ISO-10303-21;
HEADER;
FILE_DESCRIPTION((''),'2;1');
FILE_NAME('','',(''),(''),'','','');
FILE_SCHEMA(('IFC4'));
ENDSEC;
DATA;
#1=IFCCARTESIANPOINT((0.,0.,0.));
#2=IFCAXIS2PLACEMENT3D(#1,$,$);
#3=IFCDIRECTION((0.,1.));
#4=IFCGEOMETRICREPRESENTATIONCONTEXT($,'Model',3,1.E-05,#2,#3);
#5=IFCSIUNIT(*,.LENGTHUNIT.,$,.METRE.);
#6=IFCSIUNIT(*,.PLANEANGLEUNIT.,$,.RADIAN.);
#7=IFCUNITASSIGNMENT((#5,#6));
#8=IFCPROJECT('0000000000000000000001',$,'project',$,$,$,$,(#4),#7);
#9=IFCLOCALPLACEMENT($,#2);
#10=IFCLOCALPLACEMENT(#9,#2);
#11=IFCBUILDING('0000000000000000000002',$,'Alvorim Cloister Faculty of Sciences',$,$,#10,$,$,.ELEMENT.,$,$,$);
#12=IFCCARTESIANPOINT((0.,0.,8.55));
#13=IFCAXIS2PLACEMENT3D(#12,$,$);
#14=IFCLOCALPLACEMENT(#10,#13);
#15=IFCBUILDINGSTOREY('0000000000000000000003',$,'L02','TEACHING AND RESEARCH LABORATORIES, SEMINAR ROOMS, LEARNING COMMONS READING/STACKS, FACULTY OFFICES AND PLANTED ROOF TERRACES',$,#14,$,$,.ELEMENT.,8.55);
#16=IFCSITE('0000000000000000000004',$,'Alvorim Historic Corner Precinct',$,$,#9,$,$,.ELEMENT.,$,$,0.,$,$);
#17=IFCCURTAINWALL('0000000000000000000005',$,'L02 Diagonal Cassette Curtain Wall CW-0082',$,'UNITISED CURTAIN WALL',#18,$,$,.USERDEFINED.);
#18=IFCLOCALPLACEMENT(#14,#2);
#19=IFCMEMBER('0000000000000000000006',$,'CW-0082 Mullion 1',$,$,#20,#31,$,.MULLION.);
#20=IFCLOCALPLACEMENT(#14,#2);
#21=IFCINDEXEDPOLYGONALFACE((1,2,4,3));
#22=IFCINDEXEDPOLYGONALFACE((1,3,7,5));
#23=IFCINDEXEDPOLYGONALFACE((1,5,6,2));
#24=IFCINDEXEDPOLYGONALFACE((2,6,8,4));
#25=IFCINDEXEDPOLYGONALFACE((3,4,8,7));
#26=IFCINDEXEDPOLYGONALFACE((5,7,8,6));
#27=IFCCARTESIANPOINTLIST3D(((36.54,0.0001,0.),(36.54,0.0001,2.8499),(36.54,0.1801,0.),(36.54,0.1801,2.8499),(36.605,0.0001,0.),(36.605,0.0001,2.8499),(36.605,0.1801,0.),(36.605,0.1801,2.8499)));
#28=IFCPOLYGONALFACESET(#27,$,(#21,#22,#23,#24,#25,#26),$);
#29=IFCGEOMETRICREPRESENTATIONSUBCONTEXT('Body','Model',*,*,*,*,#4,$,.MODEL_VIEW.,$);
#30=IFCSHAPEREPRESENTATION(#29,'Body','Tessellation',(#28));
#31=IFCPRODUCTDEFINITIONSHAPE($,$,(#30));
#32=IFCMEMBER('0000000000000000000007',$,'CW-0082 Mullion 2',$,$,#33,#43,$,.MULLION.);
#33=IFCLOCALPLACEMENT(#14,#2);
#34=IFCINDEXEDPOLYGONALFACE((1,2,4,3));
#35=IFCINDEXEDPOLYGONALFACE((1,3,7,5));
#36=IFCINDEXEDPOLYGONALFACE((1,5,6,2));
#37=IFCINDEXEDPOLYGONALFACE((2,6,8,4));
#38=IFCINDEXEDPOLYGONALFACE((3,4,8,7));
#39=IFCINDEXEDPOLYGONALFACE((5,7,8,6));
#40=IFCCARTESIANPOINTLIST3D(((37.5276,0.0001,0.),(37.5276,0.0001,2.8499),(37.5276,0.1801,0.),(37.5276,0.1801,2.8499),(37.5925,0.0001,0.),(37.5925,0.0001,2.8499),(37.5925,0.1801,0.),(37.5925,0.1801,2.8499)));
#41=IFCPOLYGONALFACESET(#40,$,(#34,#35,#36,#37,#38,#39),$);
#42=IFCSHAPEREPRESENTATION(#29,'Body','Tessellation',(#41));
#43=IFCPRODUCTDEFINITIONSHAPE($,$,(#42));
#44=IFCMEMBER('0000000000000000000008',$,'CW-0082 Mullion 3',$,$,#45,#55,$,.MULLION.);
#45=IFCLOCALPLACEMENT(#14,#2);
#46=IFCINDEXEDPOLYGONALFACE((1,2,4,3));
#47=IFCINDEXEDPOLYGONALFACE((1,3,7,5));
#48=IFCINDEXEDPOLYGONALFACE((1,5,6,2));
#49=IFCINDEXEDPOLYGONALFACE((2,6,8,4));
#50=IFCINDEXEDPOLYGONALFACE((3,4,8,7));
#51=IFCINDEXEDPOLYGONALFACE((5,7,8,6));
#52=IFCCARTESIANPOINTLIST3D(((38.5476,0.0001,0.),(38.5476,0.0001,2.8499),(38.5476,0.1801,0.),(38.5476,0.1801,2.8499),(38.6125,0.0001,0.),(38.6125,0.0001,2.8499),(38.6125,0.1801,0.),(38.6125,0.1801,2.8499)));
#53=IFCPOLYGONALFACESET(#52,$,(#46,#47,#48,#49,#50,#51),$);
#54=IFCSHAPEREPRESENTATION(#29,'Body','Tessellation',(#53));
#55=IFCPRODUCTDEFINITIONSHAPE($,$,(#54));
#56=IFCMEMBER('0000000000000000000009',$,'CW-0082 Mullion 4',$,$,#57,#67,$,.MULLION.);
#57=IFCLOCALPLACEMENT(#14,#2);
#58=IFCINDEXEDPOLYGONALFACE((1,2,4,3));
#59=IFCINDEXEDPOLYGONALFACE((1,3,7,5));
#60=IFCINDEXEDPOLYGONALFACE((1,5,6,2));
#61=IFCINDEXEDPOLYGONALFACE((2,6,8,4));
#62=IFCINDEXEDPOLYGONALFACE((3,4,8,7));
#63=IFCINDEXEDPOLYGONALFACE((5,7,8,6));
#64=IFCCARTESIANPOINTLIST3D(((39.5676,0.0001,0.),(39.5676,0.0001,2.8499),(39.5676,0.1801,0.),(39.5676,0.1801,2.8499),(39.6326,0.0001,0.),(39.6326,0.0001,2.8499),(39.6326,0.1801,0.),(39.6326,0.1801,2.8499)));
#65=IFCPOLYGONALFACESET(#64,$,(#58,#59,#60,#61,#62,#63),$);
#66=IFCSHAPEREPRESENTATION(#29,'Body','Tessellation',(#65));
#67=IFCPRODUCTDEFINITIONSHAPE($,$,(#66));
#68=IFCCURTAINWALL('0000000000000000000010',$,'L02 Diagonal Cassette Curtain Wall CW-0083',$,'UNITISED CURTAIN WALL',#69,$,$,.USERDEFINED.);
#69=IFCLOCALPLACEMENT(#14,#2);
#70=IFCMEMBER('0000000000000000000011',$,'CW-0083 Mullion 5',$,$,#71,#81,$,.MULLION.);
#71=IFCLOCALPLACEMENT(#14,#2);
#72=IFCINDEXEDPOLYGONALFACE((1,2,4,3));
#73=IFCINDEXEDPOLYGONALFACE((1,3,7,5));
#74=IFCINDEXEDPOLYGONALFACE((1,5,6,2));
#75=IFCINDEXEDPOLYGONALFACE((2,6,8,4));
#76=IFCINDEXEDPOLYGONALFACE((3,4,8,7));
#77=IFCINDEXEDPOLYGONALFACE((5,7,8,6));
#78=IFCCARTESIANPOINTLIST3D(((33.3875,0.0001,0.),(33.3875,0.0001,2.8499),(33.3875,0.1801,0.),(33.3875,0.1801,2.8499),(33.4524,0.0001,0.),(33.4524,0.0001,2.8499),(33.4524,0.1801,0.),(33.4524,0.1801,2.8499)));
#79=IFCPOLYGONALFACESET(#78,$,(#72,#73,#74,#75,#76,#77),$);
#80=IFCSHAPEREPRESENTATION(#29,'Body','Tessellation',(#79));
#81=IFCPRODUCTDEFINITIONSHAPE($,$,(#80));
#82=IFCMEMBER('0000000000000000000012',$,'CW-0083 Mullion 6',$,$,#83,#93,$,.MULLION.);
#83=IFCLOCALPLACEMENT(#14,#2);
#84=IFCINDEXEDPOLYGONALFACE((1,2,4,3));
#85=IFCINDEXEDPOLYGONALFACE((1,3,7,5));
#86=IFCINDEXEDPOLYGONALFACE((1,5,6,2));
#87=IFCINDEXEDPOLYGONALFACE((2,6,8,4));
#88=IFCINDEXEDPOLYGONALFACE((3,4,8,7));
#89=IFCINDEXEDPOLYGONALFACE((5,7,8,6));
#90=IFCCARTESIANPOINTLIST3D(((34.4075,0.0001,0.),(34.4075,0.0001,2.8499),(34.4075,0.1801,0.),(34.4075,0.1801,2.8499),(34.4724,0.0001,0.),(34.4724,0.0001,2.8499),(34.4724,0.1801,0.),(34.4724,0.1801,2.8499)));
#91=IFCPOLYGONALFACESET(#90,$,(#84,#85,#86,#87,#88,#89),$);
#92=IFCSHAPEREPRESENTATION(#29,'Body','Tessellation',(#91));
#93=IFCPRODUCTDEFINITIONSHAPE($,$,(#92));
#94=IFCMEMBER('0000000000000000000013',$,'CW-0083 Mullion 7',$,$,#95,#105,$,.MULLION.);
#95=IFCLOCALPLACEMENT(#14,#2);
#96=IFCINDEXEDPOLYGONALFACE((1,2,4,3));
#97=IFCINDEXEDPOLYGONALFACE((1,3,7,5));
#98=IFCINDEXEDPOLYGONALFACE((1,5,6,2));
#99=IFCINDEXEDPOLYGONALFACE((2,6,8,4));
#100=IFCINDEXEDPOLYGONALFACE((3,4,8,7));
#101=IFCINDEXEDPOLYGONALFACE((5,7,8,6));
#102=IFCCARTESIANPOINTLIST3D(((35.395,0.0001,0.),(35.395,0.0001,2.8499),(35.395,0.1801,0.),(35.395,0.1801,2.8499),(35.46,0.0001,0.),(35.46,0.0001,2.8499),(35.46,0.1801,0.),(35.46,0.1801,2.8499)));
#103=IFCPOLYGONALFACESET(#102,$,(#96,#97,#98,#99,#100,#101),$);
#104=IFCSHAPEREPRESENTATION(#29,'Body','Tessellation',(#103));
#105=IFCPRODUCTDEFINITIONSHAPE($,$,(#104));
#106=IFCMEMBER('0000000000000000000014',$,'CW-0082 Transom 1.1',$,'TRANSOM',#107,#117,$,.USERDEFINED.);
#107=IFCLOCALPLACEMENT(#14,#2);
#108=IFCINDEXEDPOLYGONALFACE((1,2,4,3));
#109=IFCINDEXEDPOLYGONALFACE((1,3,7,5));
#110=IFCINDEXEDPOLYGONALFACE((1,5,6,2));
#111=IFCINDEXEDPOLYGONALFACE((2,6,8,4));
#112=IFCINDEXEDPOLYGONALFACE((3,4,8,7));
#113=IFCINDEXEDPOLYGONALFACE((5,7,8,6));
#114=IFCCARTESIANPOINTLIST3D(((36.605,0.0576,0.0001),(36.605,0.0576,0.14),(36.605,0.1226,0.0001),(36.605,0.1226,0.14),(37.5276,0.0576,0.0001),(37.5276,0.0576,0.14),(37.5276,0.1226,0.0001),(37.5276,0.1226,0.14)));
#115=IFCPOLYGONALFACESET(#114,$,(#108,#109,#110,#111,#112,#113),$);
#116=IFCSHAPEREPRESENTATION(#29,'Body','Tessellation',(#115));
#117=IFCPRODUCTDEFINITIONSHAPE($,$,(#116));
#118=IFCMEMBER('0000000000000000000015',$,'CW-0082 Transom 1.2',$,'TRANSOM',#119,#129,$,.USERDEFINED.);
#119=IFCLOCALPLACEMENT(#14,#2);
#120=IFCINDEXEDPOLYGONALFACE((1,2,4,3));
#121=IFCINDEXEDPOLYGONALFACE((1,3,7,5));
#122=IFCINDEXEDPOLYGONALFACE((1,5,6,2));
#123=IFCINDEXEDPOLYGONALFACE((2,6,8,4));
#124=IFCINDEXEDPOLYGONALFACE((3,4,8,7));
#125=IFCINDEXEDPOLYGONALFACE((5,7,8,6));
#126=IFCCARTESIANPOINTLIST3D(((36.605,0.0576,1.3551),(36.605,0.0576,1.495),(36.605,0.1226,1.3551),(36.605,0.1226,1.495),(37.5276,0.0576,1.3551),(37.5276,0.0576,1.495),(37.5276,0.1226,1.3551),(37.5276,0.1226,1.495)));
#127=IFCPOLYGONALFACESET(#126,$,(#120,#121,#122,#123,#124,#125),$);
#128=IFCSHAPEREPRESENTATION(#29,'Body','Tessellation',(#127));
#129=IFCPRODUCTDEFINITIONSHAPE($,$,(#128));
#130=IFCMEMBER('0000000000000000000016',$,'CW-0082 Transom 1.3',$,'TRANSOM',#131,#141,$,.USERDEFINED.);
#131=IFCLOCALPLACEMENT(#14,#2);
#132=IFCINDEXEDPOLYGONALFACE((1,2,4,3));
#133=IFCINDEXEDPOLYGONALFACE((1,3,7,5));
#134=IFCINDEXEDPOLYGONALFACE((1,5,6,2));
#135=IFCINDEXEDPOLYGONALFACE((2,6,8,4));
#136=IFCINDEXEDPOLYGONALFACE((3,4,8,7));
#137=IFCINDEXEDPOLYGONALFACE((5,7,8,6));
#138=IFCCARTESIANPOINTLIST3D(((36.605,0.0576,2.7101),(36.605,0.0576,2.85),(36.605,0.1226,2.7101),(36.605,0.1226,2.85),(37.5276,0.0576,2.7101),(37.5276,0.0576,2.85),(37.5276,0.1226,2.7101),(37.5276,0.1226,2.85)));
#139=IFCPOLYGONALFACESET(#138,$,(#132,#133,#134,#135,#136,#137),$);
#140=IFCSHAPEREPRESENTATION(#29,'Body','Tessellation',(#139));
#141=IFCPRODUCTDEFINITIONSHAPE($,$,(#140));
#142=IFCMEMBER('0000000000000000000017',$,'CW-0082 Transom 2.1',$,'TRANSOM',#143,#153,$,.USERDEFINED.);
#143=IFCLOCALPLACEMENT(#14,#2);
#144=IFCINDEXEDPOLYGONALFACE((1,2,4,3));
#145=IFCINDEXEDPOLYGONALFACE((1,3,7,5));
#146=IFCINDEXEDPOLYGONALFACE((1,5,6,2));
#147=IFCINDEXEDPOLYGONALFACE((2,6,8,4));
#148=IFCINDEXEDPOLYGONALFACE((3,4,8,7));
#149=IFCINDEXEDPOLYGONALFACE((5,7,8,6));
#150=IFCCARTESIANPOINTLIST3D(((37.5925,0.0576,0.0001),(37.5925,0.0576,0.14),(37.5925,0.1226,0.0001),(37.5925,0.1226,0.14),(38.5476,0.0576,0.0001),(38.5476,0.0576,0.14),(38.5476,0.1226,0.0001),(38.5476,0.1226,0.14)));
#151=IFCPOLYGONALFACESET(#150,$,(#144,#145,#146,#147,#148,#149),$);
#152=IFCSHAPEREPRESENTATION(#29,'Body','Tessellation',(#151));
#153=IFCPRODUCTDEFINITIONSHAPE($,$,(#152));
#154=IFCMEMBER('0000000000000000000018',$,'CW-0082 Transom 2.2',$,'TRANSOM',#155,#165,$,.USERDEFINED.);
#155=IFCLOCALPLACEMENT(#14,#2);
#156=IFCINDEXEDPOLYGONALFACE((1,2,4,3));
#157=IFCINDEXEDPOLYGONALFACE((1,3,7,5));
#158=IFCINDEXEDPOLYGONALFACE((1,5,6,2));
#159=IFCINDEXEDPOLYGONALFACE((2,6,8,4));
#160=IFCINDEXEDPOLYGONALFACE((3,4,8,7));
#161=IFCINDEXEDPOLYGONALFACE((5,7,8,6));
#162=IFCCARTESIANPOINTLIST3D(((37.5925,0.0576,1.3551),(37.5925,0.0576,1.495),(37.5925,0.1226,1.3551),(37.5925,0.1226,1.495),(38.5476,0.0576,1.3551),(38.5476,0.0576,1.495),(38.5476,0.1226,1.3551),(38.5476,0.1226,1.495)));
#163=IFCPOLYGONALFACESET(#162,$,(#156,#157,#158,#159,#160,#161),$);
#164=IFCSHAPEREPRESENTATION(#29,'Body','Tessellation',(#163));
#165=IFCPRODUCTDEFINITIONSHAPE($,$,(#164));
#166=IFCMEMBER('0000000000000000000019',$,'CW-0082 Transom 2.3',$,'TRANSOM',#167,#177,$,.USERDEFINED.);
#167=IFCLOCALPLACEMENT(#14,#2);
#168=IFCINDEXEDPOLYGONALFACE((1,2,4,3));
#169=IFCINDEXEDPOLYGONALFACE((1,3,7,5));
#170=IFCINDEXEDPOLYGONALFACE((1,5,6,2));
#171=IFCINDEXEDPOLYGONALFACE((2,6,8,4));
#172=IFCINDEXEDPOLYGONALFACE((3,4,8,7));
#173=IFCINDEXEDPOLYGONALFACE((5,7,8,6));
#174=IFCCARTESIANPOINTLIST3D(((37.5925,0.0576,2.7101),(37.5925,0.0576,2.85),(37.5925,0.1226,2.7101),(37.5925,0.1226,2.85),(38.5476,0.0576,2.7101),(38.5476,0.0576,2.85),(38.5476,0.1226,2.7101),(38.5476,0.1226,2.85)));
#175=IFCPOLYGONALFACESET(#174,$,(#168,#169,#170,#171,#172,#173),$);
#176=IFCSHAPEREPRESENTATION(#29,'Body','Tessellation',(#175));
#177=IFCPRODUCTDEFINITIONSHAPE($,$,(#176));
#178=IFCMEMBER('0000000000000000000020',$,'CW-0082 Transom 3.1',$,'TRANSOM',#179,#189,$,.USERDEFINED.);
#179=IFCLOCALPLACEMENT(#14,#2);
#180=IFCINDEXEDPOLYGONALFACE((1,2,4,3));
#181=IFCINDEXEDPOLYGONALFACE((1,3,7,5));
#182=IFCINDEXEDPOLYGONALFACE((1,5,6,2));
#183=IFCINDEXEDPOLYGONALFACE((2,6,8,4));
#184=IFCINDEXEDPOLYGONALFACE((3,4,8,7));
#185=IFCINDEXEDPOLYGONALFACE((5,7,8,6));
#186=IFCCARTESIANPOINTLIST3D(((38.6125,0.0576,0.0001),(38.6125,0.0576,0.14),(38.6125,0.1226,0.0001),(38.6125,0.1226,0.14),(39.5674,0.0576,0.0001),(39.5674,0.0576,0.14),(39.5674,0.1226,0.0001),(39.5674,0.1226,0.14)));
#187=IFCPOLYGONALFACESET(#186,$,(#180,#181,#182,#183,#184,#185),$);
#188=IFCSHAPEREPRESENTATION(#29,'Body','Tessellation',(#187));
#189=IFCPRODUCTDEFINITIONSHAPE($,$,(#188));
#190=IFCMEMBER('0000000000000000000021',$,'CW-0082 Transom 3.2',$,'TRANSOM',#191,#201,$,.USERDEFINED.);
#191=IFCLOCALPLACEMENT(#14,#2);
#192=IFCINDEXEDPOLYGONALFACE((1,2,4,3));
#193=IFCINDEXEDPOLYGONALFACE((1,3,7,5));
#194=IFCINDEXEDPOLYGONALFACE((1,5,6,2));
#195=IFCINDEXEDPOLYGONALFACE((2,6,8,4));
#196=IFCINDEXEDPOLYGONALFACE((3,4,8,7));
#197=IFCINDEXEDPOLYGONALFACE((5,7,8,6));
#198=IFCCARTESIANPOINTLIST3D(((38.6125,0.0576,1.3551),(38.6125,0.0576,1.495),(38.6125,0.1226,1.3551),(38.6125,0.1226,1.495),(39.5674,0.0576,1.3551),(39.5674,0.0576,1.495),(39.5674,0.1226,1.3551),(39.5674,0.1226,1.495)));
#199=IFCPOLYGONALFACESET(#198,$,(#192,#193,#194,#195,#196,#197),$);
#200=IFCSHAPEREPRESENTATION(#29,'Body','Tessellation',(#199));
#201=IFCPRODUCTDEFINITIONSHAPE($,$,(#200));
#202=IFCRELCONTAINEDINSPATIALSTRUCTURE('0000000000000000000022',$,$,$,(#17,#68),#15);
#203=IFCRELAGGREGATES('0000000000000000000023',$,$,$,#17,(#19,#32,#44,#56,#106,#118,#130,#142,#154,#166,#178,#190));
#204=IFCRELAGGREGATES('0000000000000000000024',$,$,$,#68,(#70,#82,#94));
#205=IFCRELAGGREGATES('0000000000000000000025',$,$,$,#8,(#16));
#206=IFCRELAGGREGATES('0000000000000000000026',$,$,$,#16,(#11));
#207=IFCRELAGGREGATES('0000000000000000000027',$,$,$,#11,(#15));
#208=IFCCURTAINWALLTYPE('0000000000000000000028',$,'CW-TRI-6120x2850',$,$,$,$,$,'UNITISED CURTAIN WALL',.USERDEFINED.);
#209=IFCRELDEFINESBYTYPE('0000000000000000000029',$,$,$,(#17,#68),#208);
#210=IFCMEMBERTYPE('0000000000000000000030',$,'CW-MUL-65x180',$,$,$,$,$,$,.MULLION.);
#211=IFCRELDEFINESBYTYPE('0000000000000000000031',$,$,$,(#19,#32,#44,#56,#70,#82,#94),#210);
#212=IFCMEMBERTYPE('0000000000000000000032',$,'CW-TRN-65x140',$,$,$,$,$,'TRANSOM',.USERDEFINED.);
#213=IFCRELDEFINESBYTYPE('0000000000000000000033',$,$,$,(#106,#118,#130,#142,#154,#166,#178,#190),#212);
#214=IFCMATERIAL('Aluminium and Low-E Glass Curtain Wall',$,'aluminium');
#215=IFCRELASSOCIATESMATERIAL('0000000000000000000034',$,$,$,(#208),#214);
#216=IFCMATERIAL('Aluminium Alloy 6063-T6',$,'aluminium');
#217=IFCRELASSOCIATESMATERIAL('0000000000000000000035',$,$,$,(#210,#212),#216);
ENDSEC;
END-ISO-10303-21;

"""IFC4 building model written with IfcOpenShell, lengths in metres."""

from ifc_helpers import new_model, si_unit, direction, frame, origin, origin_2d, place, context, subcontext, project, spatial, rectangle, extrude, material, material_profile, profile_set, type_object, element, aggregate, save


model = new_model("IFC4")

# Units and contexts
model_context = context("Model", 3, precision=1e-05, world=origin(), true_north=direction((0.0, 1.0)))
body_context = subcontext(model_context, "Body", "Model", "MODEL_VIEW")
ifc_project = project(units=[si_unit("LENGTHUNIT", "METRE"), si_unit("PLANEANGLEUNIT", "RADIAN")], contexts=[model_context])

# Site, building, storey
site_placement = place(None, origin())
site = spatial("IfcSite", under=ifc_project, at=site_placement, Name="Alvorim Historic Corner Precinct", CompositionType="ELEMENT", RefElevation=0.0)
building_placement = place(site_placement, origin())
building = spatial("IfcBuilding", under=site, at=building_placement, Name="Alvorim Cloister Faculty of Sciences", CompositionType="ELEMENT")
storey_placement = place(building_placement, frame((0.0, 0.0, 8.55)))
storey = spatial("IfcBuildingStorey", under=building, at=storey_placement, Name="L02", Description="TEACHING AND RESEARCH LABORATORIES, SEMINAR ROOMS, LEARNING COMMONS READING/STACKS, FACULTY OFFICES AND PLANTED ROOF TERRACES", CompositionType="ELEMENT", Elevation=8.55)

# Curtain walls, members
ifc_material_1 = material(Name="Aluminium and Low-E Glass Curtain Wall", Category="aluminium")
curtain_wall_type = type_object("IfcCurtainWallType", Name="CW-TRI-6120x2850", ElementType="UNITISED CURTAIN WALL", PredefinedType="USERDEFINED", material=ifc_material_1)
curtain_wall_1_placement = place(storey_placement, origin())
curtain_wall_1 = element("IfcCurtainWall", 1, at=curtain_wall_1_placement, inside=storey, type_object=curtain_wall_type, Name="L02 Diagonal Cassette Curtain Wall CW-0082", ObjectType="UNITISED CURTAIN WALL", PredefinedType="USERDEFINED")
ifc_material_2 = material(Name="Aluminium Alloy 6063-T6", Category="aluminium")
ifc_material_profile_1 = material_profile(ifc_material_2, rectangle(XDim=0.0649, YDim=0.1799, at=origin_2d()), Name="ALU-MUL-65x180")
ifc_profile_set_1 = profile_set([ifc_material_profile_1], Name="Aluminium Alloy 6063-T6")
member_type_1 = type_object("IfcMemberType", Name="CW-MUL-65x180", PredefinedType="MULLION", material=ifc_profile_set_1)
member_1_placement = place(storey_placement, frame((36.5725, 0.0901, 0.0), z_axis=(0.0, 0.0, 1.0), x_axis=(1.0, 0.0, 0.0)))
member_1 = element("IfcMember", 2, at=member_1_placement, type_object=member_type_1, Name="CW-0082 Mullion 1", PredefinedType="MULLION", context=body_context, shape_type="SweptSolid", body=[
    extrude(rectangle(XDim=0.0649, YDim=0.1799, at=origin_2d()), origin(), (0.0, 0.0, 1.0), 2.8499),
])
member_2_placement = place(storey_placement, frame((37.5601, 0.0901, 0.0), z_axis=(0.0, 0.0, 1.0), x_axis=(1.0, 0.0, 0.0)))
member_2 = element("IfcMember", 3, at=member_2_placement, type_object=member_type_1, Name="CW-0082 Mullion 2", PredefinedType="MULLION", context=body_context, shape_type="SweptSolid", body=[
    extrude(rectangle(XDim=0.0649, YDim=0.1799, at=origin_2d()), origin(), (0.0, 0.0, 1.0), 2.8499),
])
member_3_placement = place(storey_placement, frame((38.5801, 0.0901, 0.0), z_axis=(0.0, 0.0, 1.0), x_axis=(1.0, 0.0, 0.0)))
member_3 = element("IfcMember", 4, at=member_3_placement, type_object=member_type_1, Name="CW-0082 Mullion 3", PredefinedType="MULLION", context=body_context, shape_type="SweptSolid", body=[
    extrude(rectangle(XDim=0.0649, YDim=0.1799, at=origin_2d()), origin(), (0.0, 0.0, 1.0), 2.8499),
])
member_4_placement = place(storey_placement, frame((39.6001, 0.0901, 0.0), z_axis=(0.0, 0.0, 1.0), x_axis=(1.0, 0.0, 0.0)))
member_4 = element("IfcMember", 5, at=member_4_placement, type_object=member_type_1, Name="CW-0082 Mullion 4", PredefinedType="MULLION", context=body_context, shape_type="SweptSolid", body=[
    extrude(rectangle(XDim=0.0649, YDim=0.1799, at=origin_2d()), origin(), (0.0, 0.0, 1.0), 2.8499),
])
curtain_wall_2_placement = place(storey_placement, origin())
curtain_wall_2 = element("IfcCurtainWall", 6, at=curtain_wall_2_placement, inside=storey, type_object=curtain_wall_type, Name="L02 Diagonal Cassette Curtain Wall CW-0083", ObjectType="UNITISED CURTAIN WALL", PredefinedType="USERDEFINED")
member_5_placement = place(storey_placement, frame((33.4199, 0.0901, 0.0), z_axis=(0.0, 0.0, 1.0), x_axis=(1.0, 0.0, 0.0)))
member_5 = element("IfcMember", 7, at=member_5_placement, type_object=member_type_1, Name="CW-0083 Mullion 5", PredefinedType="MULLION", context=body_context, shape_type="SweptSolid", body=[
    extrude(rectangle(XDim=0.0649, YDim=0.1799, at=origin_2d()), origin(), (0.0, 0.0, 1.0), 2.8499),
])
member_6_placement = place(storey_placement, frame((34.4399, 0.0901, 0.0), z_axis=(0.0, 0.0, 1.0), x_axis=(1.0, 0.0, 0.0)))
member_6 = element("IfcMember", 8, at=member_6_placement, type_object=member_type_1, Name="CW-0083 Mullion 6", PredefinedType="MULLION", context=body_context, shape_type="SweptSolid", body=[
    extrude(rectangle(XDim=0.0649, YDim=0.1799, at=origin_2d()), origin(), (0.0, 0.0, 1.0), 2.8499),
])
member_7_placement = place(storey_placement, frame((35.4275, 0.0901, 0.0), z_axis=(0.0, 0.0, 1.0), x_axis=(1.0, 0.0, 0.0)))
member_7 = element("IfcMember", 9, at=member_7_placement, type_object=member_type_1, Name="CW-0083 Mullion 7", PredefinedType="MULLION", context=body_context, shape_type="SweptSolid", body=[
    extrude(rectangle(XDim=0.0649, YDim=0.1799, at=origin_2d()), origin(), (0.0, 0.0, 1.0), 2.8499),
])

# Members
ifc_material_profile_2 = material_profile(ifc_material_2, rectangle(XDim=0.0649, YDim=0.1399, at=origin_2d()), Name="ALU-TRN-65x140")
ifc_profile_set_2 = profile_set([ifc_material_profile_2], Name="Aluminium Alloy 6063-T6")
member_type_2 = type_object("IfcMemberType", Name="CW-TRN-65x140", ElementType="TRANSOM", PredefinedType="USERDEFINED", material=ifc_profile_set_2)
member_8_placement = place(storey_placement, frame((36.605, 0.0901, 0.0701), z_axis=(1.0, 0.0, 0.0), x_axis=(0.0, 1.0, 0.0)))
member_8 = element("IfcMember", 10, at=member_8_placement, type_object=member_type_2, Name="CW-0082 Transom 1.1", ObjectType="TRANSOM", PredefinedType="USERDEFINED", context=body_context, shape_type="SweptSolid", body=[
    extrude(rectangle(XDim=0.0649, YDim=0.1399, at=origin_2d()), origin(), (0.0, 0.0, 1.0), 0.9226),
])
member_9_placement = place(storey_placement, frame((36.605, 0.0901, 1.425), z_axis=(1.0, 0.0, 0.0), x_axis=(0.0, 1.0, 0.0)))
member_9 = element("IfcMember", 11, at=member_9_placement, type_object=member_type_2, Name="CW-0082 Transom 1.2", ObjectType="TRANSOM", PredefinedType="USERDEFINED", context=body_context, shape_type="SweptSolid", body=[
    extrude(rectangle(XDim=0.0649, YDim=0.1399, at=origin_2d()), origin(), (0.0, 0.0, 1.0), 0.9226),
])
member_10_placement = place(storey_placement, frame((36.605, 0.0901, 2.78), z_axis=(1.0, 0.0, 0.0), x_axis=(0.0, 1.0, 0.0)))
member_10 = element("IfcMember", 12, at=member_10_placement, type_object=member_type_2, Name="CW-0082 Transom 1.3", ObjectType="TRANSOM", PredefinedType="USERDEFINED", context=body_context, shape_type="SweptSolid", body=[
    extrude(rectangle(XDim=0.0649, YDim=0.1399, at=origin_2d()), origin(), (0.0, 0.0, 1.0), 0.9226),
])
member_11_placement = place(storey_placement, frame((37.5925, 0.0901, 0.0701), z_axis=(1.0, 0.0, 0.0), x_axis=(0.0, 1.0, 0.0)))
member_11 = element("IfcMember", 13, at=member_11_placement, type_object=member_type_2, Name="CW-0082 Transom 2.1", ObjectType="TRANSOM", PredefinedType="USERDEFINED", context=body_context, shape_type="SweptSolid", body=[
    extrude(rectangle(XDim=0.0649, YDim=0.1399, at=origin_2d()), origin(), (0.0, 0.0, 1.0), 0.9551),
])
member_12_placement = place(storey_placement, frame((37.5925, 0.0901, 1.425), z_axis=(1.0, 0.0, 0.0), x_axis=(0.0, 1.0, 0.0)))
member_12 = element("IfcMember", 14, at=member_12_placement, type_object=member_type_2, Name="CW-0082 Transom 2.2", ObjectType="TRANSOM", PredefinedType="USERDEFINED", context=body_context, shape_type="SweptSolid", body=[
    extrude(rectangle(XDim=0.0649, YDim=0.1399, at=origin_2d()), origin(), (0.0, 0.0, 1.0), 0.9551),
])
member_13_placement = place(storey_placement, frame((37.5925, 0.0901, 2.78), z_axis=(1.0, 0.0, 0.0), x_axis=(0.0, 1.0, 0.0)))
member_13 = element("IfcMember", 15, at=member_13_placement, type_object=member_type_2, Name="CW-0082 Transom 2.3", ObjectType="TRANSOM", PredefinedType="USERDEFINED", context=body_context, shape_type="SweptSolid", body=[
    extrude(rectangle(XDim=0.0649, YDim=0.1399, at=origin_2d()), origin(), (0.0, 0.0, 1.0), 0.9551),
])
member_14_placement = place(storey_placement, frame((38.6125, 0.0901, 0.0701), z_axis=(1.0, 0.0, 0.0), x_axis=(0.0, 1.0, 0.0)))
member_14 = element("IfcMember", 16, at=member_14_placement, type_object=member_type_2, Name="CW-0082 Transom 3.1", ObjectType="TRANSOM", PredefinedType="USERDEFINED", context=body_context, shape_type="SweptSolid", body=[
    extrude(rectangle(XDim=0.0649, YDim=0.1399, at=origin_2d()), origin(), (0.0, 0.0, 1.0), 0.9548),
])
member_15_placement = place(storey_placement, frame((38.6125, 0.0901, 1.425), z_axis=(1.0, 0.0, 0.0), x_axis=(0.0, 1.0, 0.0)))
member_15 = element("IfcMember", 17, at=member_15_placement, type_object=member_type_2, Name="CW-0082 Transom 3.2", ObjectType="TRANSOM", PredefinedType="USERDEFINED", context=body_context, shape_type="SweptSolid", body=[
    extrude(rectangle(XDim=0.0649, YDim=0.1399, at=origin_2d()), origin(), (0.0, 0.0, 1.0), 0.9548),
])
aggregate(curtain_wall_1, [member_1, member_2, member_3, member_4, member_8, member_9, member_10, member_11, member_12, member_13, member_14, member_15])
aggregate(curtain_wall_2, [member_5, member_6, member_7])

save(model, "model.ifc")
